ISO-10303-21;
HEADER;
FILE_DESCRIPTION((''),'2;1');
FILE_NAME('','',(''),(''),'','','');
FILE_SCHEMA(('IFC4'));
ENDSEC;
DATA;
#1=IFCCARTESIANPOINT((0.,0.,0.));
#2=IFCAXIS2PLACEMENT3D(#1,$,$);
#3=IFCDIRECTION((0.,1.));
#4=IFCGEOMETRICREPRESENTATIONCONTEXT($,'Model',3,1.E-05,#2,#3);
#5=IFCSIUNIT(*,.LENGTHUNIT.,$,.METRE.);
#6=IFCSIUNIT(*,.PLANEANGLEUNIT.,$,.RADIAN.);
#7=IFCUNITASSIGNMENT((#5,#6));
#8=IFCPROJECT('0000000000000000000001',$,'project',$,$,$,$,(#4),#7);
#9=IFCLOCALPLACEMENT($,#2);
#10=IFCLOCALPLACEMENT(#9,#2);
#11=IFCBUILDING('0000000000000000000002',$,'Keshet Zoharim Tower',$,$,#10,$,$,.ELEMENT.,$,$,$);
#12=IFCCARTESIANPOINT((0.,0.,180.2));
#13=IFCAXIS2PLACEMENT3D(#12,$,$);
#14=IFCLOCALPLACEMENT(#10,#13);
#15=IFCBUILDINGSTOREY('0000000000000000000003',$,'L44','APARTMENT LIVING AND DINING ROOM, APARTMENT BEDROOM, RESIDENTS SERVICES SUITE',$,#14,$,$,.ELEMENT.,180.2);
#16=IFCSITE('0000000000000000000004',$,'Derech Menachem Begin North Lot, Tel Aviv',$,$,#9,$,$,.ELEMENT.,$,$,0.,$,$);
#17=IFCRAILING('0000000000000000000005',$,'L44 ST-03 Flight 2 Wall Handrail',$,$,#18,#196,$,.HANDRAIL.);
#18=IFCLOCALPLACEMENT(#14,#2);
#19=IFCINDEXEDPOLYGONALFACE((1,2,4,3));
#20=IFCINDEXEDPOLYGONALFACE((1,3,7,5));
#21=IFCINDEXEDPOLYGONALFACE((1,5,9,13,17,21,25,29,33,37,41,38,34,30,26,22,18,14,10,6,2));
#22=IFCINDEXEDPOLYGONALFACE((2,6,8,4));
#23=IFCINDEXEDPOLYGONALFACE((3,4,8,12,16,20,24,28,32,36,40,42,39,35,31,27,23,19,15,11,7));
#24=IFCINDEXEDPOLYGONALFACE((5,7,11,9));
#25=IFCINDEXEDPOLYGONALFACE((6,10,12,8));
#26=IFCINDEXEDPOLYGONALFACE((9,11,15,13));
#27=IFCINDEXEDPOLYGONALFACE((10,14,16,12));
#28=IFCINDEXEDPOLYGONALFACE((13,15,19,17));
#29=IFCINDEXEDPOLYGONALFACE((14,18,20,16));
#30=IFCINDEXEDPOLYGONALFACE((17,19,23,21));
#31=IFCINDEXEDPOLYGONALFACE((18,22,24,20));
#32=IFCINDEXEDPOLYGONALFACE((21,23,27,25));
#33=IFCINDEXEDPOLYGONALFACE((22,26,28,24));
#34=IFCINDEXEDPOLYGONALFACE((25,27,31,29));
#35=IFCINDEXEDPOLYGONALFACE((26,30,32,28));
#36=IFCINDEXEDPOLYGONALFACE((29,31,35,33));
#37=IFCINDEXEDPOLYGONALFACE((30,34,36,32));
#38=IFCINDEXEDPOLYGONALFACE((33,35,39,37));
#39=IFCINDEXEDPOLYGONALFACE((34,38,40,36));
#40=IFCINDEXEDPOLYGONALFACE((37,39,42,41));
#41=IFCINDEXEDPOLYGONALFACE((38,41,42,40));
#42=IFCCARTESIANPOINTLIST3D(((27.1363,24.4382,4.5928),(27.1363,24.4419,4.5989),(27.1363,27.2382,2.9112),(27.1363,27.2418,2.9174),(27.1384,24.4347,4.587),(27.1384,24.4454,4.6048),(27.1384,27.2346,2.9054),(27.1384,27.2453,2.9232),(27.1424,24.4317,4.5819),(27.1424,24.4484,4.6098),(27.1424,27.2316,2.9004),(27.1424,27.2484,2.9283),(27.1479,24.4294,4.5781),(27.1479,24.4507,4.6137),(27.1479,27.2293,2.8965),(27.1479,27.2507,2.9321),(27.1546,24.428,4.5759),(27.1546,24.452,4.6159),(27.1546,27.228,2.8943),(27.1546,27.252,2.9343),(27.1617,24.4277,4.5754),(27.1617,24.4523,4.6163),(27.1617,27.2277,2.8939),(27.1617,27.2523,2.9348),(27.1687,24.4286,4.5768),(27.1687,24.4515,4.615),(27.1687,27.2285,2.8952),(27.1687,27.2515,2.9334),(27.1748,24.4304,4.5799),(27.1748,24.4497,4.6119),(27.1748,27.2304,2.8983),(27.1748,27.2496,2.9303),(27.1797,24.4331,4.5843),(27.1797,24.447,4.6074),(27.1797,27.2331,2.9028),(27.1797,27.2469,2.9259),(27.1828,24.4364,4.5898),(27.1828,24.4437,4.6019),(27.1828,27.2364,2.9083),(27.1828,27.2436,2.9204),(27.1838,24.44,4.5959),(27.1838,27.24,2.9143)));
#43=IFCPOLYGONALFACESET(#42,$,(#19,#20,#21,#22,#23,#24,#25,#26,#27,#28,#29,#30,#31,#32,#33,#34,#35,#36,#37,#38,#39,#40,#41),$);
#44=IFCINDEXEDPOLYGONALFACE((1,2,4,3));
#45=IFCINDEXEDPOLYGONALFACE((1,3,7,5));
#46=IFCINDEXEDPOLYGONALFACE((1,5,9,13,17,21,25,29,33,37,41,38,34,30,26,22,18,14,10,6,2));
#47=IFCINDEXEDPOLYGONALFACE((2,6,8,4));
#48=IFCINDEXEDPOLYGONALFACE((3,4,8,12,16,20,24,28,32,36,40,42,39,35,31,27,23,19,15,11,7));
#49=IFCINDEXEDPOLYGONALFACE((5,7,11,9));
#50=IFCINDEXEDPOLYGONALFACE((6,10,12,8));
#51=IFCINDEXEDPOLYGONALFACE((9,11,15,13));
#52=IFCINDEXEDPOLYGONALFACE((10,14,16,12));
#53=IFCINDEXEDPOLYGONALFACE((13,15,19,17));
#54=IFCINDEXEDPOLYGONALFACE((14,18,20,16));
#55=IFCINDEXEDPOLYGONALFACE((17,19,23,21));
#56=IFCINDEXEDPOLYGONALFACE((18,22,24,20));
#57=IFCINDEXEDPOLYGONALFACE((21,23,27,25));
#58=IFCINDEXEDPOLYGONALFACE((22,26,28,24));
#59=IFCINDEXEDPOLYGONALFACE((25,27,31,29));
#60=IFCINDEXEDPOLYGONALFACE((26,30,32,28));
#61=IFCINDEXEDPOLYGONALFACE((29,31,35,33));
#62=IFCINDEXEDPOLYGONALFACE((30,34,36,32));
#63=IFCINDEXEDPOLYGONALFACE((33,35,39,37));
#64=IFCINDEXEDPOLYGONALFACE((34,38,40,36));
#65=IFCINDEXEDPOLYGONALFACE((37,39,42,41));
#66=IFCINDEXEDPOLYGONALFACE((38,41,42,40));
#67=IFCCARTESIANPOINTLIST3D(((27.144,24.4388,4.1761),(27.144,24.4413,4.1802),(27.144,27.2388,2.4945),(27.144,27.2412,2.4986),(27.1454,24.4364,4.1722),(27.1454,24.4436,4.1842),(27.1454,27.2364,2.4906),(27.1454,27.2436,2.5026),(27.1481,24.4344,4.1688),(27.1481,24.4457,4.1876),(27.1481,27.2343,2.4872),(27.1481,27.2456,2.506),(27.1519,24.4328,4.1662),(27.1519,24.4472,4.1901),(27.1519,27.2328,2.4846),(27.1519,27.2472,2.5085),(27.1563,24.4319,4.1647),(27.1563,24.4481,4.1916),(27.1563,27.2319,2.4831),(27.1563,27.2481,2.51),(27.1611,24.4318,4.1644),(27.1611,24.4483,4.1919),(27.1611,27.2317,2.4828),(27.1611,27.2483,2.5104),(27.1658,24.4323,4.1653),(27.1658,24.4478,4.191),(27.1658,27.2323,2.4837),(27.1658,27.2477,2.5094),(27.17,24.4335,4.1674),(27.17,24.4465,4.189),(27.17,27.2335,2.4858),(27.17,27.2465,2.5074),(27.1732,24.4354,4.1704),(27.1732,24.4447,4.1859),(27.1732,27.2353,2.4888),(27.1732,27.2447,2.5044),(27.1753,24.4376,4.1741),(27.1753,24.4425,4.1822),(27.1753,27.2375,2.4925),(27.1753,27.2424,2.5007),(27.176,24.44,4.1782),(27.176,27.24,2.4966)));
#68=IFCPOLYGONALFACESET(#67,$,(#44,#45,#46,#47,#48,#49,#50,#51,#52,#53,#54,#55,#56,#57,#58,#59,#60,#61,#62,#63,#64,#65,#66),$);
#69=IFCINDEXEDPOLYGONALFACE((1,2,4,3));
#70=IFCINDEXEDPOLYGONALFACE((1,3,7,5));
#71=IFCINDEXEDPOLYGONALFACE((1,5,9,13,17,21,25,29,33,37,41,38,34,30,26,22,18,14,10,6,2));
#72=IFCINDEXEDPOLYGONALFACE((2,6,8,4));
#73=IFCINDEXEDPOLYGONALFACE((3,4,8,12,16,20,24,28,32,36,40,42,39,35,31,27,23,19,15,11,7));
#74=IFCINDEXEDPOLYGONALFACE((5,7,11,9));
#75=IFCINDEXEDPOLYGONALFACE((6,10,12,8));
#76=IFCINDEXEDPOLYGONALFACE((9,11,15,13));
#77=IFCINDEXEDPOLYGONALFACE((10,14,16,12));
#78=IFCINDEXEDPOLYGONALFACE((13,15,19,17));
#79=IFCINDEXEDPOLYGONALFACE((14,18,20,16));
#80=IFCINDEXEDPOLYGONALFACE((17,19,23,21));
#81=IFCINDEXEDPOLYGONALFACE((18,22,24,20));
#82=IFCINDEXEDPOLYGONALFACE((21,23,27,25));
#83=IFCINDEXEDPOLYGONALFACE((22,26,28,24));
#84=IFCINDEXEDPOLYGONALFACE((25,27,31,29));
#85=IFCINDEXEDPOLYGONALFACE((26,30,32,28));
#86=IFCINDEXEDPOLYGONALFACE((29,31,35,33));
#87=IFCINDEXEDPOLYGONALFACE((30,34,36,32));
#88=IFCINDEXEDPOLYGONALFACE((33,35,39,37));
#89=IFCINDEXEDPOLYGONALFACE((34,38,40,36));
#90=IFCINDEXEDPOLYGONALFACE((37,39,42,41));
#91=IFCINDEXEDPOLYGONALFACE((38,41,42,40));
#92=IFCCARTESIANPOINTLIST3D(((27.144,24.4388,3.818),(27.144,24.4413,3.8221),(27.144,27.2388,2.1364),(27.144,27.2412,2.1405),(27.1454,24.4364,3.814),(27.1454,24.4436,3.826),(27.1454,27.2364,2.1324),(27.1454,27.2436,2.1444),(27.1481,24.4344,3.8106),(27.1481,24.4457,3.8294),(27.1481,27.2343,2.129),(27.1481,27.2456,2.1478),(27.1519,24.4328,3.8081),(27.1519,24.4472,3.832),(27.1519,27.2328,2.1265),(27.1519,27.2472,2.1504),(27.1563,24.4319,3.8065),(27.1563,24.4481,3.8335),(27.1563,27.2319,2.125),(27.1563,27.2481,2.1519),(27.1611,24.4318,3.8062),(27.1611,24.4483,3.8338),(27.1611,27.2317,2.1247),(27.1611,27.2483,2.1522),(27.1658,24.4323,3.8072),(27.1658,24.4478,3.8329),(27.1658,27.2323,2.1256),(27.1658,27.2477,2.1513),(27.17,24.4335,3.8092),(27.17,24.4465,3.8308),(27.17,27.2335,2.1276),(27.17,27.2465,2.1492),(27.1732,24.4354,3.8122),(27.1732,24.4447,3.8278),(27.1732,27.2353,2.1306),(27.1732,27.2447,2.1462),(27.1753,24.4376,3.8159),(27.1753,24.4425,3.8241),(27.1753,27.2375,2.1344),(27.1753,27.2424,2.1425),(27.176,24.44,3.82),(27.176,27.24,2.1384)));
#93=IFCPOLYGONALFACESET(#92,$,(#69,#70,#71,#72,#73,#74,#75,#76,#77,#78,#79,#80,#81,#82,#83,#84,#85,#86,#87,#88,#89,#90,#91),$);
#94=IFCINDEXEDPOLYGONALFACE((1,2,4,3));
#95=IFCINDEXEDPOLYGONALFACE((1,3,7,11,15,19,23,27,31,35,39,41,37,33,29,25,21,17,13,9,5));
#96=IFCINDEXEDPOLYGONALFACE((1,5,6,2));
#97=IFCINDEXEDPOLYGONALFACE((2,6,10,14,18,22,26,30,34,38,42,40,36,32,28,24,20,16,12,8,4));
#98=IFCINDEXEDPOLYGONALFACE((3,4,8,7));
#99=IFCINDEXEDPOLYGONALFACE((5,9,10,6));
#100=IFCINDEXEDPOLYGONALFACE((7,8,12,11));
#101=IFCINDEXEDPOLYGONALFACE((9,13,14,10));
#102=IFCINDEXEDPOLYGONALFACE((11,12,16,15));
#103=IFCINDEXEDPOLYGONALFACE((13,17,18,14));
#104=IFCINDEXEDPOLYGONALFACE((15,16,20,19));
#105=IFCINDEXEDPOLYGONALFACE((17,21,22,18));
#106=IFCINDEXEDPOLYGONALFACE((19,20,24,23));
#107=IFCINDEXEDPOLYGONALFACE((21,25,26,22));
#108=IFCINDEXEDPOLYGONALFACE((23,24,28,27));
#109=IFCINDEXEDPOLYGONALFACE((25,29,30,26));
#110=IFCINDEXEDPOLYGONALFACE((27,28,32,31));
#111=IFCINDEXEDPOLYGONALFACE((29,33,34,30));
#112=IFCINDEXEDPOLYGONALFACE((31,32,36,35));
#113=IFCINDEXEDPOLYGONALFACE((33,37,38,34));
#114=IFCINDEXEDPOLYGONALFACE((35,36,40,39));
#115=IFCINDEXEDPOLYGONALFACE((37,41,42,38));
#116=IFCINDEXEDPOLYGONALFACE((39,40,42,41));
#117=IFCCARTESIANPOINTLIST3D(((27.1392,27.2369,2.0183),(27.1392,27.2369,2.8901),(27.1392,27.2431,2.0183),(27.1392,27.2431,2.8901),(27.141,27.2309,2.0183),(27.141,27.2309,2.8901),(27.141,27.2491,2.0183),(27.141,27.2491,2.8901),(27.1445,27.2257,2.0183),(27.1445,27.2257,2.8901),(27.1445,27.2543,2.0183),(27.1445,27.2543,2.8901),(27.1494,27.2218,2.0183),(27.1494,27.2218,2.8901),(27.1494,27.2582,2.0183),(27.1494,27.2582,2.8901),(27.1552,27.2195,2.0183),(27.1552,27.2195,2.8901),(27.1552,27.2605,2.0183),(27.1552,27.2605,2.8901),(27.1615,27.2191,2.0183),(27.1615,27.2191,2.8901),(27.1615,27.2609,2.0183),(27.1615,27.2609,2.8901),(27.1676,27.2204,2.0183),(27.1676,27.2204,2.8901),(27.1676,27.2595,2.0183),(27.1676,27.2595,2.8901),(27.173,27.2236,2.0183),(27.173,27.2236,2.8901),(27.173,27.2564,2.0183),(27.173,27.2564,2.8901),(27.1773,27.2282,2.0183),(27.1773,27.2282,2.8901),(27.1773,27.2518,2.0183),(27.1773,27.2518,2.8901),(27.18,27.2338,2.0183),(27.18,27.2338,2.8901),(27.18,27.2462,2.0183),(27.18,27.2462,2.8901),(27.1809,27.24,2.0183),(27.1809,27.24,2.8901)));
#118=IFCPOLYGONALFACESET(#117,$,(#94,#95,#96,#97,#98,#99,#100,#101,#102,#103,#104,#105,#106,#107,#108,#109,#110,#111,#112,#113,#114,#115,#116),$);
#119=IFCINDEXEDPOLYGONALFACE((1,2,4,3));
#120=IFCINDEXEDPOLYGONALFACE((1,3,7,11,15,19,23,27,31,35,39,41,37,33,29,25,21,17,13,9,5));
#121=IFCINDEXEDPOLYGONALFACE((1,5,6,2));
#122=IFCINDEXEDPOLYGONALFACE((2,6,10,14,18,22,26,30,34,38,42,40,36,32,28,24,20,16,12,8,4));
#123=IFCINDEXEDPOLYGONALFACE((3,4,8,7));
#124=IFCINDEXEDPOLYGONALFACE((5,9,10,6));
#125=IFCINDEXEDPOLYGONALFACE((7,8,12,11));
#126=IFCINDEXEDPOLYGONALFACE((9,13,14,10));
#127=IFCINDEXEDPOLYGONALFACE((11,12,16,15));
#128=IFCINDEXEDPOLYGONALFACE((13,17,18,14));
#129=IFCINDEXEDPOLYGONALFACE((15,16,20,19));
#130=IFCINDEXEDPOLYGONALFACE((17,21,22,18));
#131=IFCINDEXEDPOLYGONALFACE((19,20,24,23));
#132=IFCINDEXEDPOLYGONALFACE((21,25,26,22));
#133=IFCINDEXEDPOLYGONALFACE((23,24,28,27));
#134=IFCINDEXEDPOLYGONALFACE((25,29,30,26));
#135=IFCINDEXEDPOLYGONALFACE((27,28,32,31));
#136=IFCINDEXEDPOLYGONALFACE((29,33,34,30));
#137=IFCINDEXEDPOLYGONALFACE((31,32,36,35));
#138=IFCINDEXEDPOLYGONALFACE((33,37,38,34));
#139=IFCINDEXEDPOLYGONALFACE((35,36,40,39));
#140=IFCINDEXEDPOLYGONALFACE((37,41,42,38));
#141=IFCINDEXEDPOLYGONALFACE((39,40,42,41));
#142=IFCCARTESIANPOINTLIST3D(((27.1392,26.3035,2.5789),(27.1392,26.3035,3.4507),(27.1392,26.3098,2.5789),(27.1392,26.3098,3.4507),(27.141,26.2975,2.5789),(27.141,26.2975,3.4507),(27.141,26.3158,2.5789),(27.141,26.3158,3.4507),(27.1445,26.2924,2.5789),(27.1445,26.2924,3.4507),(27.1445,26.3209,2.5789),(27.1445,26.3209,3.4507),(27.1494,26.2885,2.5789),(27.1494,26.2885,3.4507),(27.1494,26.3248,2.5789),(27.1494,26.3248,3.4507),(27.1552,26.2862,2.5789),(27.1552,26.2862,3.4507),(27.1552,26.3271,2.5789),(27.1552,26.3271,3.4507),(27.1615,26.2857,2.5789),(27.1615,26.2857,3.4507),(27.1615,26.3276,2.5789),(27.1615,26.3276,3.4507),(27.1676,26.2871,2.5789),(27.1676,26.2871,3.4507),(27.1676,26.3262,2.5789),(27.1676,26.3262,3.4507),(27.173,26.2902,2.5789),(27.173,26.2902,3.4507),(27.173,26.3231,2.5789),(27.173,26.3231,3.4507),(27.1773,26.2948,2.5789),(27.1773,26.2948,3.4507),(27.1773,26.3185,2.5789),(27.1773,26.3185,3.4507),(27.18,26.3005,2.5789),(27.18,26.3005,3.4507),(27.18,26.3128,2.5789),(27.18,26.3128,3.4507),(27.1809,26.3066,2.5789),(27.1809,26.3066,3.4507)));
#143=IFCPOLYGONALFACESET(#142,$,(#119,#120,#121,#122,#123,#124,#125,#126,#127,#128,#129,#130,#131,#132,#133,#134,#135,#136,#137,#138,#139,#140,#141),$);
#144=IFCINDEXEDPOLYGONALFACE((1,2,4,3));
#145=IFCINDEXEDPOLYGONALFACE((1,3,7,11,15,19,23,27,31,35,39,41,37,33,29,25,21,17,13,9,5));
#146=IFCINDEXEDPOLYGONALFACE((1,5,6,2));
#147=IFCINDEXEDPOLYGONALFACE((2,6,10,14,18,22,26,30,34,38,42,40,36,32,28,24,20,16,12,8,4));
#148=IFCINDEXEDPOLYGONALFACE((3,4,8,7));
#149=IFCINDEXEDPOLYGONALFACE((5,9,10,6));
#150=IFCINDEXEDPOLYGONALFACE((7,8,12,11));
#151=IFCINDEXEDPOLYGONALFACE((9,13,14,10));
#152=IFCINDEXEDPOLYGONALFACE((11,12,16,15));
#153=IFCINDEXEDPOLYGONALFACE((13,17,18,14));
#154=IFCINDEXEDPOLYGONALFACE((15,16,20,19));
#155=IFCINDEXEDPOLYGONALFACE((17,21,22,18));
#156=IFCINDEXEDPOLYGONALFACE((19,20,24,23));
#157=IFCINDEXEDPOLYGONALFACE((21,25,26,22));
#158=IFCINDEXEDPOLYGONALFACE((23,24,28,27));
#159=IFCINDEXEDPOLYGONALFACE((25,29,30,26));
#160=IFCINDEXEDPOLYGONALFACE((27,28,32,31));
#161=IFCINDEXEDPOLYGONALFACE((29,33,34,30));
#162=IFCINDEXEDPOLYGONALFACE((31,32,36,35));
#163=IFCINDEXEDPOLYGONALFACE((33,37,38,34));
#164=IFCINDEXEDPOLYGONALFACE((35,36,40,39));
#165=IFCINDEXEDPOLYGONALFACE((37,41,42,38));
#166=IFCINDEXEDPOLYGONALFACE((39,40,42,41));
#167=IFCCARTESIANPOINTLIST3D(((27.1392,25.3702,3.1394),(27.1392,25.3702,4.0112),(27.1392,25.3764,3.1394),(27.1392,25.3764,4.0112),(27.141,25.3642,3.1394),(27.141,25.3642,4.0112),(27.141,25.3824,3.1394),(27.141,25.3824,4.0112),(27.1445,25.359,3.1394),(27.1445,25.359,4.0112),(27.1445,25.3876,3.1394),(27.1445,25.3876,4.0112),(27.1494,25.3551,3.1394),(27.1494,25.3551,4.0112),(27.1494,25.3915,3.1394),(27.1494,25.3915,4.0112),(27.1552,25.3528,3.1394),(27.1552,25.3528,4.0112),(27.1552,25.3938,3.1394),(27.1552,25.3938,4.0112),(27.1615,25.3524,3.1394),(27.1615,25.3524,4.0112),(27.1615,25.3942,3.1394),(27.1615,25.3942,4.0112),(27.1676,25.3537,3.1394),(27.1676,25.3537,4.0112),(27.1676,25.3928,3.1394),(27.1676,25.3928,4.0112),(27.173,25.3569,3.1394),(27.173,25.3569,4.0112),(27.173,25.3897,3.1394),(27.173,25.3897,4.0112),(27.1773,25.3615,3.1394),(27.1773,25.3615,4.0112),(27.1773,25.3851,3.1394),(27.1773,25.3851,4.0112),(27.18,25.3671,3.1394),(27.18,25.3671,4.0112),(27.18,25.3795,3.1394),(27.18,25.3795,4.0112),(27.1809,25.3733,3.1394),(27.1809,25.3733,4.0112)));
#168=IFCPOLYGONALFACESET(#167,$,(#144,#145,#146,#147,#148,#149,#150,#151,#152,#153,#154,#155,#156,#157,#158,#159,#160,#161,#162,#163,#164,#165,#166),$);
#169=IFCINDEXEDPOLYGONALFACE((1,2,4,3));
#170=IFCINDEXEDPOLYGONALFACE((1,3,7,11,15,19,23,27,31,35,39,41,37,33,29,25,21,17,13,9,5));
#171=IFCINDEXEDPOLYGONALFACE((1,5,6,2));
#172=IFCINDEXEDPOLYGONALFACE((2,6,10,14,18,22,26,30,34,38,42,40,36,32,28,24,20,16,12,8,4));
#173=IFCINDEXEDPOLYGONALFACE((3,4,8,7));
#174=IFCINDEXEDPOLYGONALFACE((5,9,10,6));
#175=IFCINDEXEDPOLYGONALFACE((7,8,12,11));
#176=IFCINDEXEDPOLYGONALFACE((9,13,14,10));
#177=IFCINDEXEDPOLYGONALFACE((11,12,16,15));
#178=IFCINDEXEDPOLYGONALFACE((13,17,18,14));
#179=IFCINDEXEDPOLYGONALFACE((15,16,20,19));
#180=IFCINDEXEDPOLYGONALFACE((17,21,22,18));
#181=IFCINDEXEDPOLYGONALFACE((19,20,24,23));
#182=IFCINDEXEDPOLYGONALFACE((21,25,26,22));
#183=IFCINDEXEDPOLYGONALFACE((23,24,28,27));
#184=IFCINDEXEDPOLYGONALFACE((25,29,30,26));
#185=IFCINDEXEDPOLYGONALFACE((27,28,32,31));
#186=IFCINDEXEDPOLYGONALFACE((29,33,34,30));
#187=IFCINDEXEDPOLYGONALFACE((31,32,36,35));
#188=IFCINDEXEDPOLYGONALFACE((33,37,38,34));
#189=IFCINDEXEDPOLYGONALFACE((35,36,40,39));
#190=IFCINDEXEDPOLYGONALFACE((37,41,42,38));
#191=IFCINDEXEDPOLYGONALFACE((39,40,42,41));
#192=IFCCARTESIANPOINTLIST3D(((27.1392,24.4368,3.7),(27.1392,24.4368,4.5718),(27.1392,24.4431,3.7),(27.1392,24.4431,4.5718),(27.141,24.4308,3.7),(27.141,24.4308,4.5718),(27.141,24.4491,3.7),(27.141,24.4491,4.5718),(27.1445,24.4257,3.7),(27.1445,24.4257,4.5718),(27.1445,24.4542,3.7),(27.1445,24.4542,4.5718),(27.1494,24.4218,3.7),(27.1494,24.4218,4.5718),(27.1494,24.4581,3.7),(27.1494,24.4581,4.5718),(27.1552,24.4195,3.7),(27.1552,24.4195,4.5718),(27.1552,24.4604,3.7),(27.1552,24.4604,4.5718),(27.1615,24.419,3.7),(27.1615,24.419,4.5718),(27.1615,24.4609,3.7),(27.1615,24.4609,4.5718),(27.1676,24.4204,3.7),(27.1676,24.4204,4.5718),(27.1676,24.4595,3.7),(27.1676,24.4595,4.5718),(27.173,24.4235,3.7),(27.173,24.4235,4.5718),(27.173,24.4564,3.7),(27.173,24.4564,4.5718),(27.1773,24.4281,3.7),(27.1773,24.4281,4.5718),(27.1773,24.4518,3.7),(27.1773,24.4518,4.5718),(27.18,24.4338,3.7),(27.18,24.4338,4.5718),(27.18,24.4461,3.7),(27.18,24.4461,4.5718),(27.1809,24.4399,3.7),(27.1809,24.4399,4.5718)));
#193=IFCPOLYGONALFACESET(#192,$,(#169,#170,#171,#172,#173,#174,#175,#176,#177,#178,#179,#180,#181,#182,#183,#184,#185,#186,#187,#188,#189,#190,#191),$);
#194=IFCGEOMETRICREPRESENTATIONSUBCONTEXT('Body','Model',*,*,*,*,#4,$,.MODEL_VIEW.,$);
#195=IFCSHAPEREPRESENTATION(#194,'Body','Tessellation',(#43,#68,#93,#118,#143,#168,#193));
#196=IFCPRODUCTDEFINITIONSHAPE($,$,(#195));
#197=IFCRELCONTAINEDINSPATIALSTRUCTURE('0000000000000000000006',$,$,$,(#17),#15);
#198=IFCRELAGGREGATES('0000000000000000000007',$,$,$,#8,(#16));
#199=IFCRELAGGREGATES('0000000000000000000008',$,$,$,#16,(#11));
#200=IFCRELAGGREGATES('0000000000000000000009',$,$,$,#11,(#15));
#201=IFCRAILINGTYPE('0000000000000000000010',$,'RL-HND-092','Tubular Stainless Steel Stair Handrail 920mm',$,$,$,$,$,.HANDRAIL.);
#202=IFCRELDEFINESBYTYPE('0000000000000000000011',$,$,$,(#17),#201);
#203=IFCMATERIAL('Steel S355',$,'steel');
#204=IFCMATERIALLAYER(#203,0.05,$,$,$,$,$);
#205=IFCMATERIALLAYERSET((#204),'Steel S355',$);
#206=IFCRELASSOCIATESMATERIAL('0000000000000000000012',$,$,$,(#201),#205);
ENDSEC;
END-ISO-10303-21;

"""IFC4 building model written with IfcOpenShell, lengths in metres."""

from ifc_helpers import new_model, si_unit, direction, frame, origin, origin_2d, place, context, subcontext, project, spatial, circle, extrude, material, layer, layer_set, type_object, element, save


model = new_model("IFC4")

# Units and contexts
model_context = context("Model", 3, precision=1e-05, world=origin(), true_north=direction((0.0, 1.0)))
body_context = subcontext(model_context, "Body", "Model", "MODEL_VIEW")
ifc_project = project(units=[si_unit("LENGTHUNIT", "METRE"), si_unit("PLANEANGLEUNIT", "RADIAN")], contexts=[model_context])

# Site, building, storey
site_placement = place(None, origin())
site = spatial("IfcSite", under=ifc_project, at=site_placement, Name="Derech Menachem Begin North Lot, Tel Aviv", CompositionType="ELEMENT", RefElevation=0.0)
building_placement = place(site_placement, origin())
building = spatial("IfcBuilding", under=site, at=building_placement, Name="Keshet Zoharim Tower", CompositionType="ELEMENT")
storey_placement = place(building_placement, frame((0.0, 0.0, 180.2)))
storey = spatial("IfcBuildingStorey", under=building, at=storey_placement, Name="L44", Description="APARTMENT LIVING AND DINING ROOM, APARTMENT BEDROOM, RESIDENTS SERVICES SUITE", CompositionType="ELEMENT", Elevation=180.2)

# Shared definitions
ifc_material_1 = material(Name="Steel S355", Category="steel")

# Railing
ifc_layer_1 = layer(ifc_material_1, 0.05)
ifc_layer_set_1 = layer_set([ifc_layer_1], Name="Steel S355")
railing_type_1 = type_object("IfcRailingType", Name="RL-HND-092", Description="Tubular Stainless Steel Stair Handrail 920mm", PredefinedType="HANDRAIL", material=ifc_layer_set_1)
for number, where, name in (
    (1, (27.1599, 27.24, 2.0183), "L44 ST-03 Flight 2 Wall Handrail"),
):
    element("IfcRailing", number, at=place(storey_placement, frame(where)), inside=storey, type_object=railing_type_1, Name=name, PredefinedType="HANDRAIL", context=body_context, shape_type="SweptSolid", body=[
        extrude(circle(Radius=0.0239, at=origin_2d()), frame((0.0, 0.0, 0.896), z_axis=(0.0, -0.857275, 0.514858), x_axis=(1.0, 0.0, 0.0)), (0.0, 0.0, 1.0), 3.2661),
        extrude(circle(Radius=0.0161, at=origin_2d()), frame((0.0, 0.0, 0.4783), z_axis=(0.0, -0.857275, 0.514858), x_axis=(1.0, 0.0, 0.0)), (0.0, 0.0, 1.0), 3.2661),
        extrude(circle(Radius=0.0161, at=origin_2d()), frame((0.0, 0.0, 0.1201), z_axis=(0.0, -0.857275, 0.514858), x_axis=(1.0, 0.0, 0.0)), (0.0, 0.0, 1.0), 3.2661),
        extrude(circle(Radius=0.021, at=origin_2d()), origin(), (0.0, 0.0, 1.0), 0.8718),
        extrude(circle(Radius=0.021, at=origin_2d()), frame((0.0, -0.9333, 0.5605)), (0.0, 0.0, 1.0), 0.8718),
        extrude(circle(Radius=0.021, at=origin_2d()), frame((0.0, -1.8667, 1.1211)), (0.0, 0.0, 1.0), 0.8718),
        extrude(circle(Radius=0.021, at=origin_2d()), frame((0.0, -2.8, 1.6816)), (0.0, 0.0, 1.0), 0.8718),
    ])

save(model, "model.ifc")
